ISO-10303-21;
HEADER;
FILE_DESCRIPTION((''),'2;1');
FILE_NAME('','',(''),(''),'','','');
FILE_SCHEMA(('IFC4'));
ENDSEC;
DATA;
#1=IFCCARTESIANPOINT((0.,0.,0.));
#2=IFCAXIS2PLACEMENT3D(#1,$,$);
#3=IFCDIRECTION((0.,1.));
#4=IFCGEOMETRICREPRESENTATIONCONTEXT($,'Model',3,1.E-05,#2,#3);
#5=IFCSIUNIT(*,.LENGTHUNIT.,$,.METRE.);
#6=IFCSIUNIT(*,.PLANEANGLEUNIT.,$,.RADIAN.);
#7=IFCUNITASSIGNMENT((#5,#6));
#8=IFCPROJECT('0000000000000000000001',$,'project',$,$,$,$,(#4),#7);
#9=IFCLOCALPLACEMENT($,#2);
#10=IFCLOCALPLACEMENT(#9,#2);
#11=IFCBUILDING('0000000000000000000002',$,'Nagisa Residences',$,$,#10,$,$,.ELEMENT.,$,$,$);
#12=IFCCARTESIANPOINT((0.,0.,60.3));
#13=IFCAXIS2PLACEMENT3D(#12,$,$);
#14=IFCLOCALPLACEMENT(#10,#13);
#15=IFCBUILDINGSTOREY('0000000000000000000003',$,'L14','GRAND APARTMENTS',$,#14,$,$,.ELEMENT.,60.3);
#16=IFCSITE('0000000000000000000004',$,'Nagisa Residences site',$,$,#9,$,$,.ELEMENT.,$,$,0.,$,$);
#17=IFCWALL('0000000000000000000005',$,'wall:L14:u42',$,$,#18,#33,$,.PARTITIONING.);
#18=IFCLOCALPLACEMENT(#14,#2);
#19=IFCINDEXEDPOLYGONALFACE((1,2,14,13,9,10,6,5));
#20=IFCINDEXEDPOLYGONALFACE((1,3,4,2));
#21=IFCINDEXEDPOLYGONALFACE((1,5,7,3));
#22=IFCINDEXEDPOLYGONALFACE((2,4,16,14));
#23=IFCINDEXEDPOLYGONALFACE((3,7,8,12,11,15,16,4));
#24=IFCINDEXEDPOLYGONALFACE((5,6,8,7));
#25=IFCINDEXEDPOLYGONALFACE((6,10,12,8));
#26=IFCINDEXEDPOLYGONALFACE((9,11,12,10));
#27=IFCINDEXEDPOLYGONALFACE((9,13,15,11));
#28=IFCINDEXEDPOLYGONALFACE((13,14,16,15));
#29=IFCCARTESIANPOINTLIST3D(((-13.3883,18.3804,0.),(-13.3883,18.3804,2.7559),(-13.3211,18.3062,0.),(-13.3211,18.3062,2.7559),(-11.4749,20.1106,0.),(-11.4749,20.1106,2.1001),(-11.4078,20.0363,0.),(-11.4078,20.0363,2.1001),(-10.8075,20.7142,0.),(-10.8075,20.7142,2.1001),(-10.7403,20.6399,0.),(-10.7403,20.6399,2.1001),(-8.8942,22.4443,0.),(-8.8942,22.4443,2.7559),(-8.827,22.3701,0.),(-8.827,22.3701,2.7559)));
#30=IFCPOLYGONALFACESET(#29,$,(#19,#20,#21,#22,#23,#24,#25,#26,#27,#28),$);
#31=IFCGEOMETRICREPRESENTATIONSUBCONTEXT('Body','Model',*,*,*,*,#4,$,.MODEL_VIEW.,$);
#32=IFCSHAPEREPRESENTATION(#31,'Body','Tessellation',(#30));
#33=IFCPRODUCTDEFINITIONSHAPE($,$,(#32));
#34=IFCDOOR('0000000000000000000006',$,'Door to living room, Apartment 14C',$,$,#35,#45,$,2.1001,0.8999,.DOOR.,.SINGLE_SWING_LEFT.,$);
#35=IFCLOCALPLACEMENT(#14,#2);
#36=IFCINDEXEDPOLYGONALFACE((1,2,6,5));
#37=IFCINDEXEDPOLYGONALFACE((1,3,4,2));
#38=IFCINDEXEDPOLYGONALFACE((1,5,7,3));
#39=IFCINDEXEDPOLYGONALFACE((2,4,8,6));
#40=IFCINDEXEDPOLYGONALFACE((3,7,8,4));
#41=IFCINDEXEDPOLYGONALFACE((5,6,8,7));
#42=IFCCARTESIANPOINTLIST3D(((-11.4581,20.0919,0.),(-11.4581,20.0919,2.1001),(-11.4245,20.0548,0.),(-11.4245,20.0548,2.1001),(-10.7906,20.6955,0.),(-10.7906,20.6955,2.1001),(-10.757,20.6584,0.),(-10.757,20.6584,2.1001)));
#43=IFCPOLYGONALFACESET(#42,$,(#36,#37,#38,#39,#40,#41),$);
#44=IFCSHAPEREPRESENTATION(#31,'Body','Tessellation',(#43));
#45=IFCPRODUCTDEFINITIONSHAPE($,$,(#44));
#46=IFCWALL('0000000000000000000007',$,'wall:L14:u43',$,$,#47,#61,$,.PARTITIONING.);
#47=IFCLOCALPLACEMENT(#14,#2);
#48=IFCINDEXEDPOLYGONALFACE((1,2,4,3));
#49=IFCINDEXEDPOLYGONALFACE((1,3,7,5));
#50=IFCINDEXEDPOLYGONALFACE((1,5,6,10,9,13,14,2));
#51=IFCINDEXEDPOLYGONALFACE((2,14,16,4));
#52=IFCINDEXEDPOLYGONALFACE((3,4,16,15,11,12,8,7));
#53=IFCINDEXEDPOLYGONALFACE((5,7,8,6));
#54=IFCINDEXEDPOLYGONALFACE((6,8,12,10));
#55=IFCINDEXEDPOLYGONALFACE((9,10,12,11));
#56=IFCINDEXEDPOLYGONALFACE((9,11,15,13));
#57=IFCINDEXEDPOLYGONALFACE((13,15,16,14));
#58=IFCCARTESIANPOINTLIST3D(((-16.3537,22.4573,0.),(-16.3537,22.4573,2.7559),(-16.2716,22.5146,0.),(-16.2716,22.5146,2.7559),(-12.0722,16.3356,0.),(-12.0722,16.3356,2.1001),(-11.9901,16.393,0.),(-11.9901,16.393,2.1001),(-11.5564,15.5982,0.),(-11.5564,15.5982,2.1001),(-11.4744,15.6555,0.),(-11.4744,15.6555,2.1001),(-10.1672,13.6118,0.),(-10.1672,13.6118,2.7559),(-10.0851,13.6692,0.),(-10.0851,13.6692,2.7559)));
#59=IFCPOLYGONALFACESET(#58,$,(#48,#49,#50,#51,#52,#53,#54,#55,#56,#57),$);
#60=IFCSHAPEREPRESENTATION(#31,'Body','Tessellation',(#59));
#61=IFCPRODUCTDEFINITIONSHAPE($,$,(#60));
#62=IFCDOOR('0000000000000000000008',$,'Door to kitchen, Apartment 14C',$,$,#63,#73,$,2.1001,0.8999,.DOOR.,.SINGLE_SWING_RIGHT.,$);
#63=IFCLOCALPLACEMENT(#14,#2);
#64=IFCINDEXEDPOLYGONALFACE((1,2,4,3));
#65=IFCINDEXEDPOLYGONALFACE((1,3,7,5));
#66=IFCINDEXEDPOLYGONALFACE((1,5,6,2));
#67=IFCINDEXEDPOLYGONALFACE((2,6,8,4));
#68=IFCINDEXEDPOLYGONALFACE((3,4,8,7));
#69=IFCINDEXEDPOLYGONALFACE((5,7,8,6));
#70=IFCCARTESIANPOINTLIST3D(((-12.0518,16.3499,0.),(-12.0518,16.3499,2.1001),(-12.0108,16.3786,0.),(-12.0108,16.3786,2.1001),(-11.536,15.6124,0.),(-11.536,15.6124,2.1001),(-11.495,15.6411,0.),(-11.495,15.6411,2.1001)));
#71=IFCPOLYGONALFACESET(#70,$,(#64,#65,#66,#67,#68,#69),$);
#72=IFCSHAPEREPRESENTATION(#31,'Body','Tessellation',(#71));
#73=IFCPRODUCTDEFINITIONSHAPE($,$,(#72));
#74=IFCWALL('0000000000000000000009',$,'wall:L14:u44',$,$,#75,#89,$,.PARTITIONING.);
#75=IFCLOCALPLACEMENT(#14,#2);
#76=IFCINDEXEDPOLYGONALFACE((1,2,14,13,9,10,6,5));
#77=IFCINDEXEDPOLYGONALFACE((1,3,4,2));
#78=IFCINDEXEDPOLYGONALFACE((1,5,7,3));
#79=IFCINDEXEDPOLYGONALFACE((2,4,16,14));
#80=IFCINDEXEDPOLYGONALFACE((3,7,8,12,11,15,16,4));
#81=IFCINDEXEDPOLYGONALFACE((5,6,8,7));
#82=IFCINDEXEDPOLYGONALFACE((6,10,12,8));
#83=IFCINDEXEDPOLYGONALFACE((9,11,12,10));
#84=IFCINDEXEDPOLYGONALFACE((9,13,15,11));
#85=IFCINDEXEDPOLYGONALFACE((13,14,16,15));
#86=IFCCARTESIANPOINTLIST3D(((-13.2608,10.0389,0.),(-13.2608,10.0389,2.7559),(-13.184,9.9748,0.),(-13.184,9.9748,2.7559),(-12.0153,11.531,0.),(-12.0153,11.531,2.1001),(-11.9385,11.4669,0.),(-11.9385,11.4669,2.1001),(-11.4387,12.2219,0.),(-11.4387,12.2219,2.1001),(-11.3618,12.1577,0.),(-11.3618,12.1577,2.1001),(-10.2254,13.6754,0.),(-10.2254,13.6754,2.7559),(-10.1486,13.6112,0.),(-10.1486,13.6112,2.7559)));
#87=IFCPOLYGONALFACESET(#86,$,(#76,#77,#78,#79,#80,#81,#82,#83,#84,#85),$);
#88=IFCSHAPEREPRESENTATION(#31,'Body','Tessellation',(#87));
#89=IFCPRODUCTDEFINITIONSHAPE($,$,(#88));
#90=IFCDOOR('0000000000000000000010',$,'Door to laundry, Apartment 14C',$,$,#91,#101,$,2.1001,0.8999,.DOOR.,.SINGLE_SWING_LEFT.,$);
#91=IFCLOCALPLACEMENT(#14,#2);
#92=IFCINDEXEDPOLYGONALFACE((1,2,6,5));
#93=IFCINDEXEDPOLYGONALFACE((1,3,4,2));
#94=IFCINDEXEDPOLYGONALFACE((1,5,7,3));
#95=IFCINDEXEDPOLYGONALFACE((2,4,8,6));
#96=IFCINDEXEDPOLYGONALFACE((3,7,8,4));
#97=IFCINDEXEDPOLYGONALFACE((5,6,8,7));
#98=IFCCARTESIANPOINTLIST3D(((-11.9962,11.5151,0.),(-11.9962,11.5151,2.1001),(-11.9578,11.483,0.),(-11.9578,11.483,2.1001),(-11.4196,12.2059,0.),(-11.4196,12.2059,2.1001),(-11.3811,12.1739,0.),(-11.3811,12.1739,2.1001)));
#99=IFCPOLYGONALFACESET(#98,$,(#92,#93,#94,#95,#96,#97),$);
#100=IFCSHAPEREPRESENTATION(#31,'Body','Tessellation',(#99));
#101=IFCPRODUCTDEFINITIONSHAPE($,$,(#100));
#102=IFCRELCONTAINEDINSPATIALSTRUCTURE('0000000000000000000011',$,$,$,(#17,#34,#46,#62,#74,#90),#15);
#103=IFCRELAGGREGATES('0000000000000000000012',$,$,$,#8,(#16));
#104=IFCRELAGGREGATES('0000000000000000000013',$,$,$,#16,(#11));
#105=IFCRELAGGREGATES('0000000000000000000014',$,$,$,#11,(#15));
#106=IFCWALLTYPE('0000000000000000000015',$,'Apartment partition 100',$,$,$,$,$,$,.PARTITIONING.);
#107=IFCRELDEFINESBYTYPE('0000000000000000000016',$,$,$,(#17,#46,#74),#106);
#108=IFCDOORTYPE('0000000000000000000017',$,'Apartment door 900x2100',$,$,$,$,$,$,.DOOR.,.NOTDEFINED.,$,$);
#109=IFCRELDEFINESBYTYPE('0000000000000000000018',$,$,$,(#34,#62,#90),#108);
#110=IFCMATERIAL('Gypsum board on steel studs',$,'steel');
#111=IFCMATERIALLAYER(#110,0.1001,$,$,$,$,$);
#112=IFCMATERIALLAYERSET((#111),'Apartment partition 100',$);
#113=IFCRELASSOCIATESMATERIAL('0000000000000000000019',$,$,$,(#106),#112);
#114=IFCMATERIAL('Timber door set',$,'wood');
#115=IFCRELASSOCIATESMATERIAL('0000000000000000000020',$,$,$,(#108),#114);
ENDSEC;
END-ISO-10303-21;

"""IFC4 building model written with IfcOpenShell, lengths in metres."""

from ifc_helpers import new_model, si_unit, direction, frame, frame_2d, origin, place, context, subcontext, project, spatial, rectangle, extrude, material, layer, layer_set, type_object, element, fill, save


model = new_model("IFC4")

# Units and contexts
model_context = context("Model", 3, precision=1e-05, world=origin(), true_north=direction((0.0, 1.0)))
body_context = subcontext(model_context, "Body", "Model", "MODEL_VIEW")
ifc_project = project(units=[si_unit("LENGTHUNIT", "METRE"), si_unit("PLANEANGLEUNIT", "RADIAN")], contexts=[model_context])

# Site, building, storey
site_placement = place(None, origin())
site = spatial("IfcSite", under=ifc_project, at=site_placement, Name="Nagisa Residences site", CompositionType="ELEMENT", RefElevation=0.0)
building_placement = place(site_placement, origin())
building = spatial("IfcBuilding", under=site, at=building_placement, Name="Nagisa Residences", CompositionType="ELEMENT")
storey_placement = place(building_placement, frame((0.0, 0.0, 60.3)))
storey = spatial("IfcBuildingStorey", under=building, at=storey_placement, Name="L14", Description="GRAND APARTMENTS", CompositionType="ELEMENT", Elevation=60.3)

# Shared definitions
ifc_material_1 = material(Name="Gypsum board on steel studs", Category="steel")
ifc_layer_1 = layer(ifc_material_1, 0.1001)
ifc_layer_set_1 = layer_set([ifc_layer_1], Name="Apartment partition 100")
wall_type_1 = type_object("IfcWallType", Name="Apartment partition 100", PredefinedType="PARTITIONING", material=ifc_layer_set_1)

# Shared definitions
ifc_material_2 = material(Name="Timber door set", Category="wood")
door_type_1 = type_object("IfcDoorType", Name="Apartment door 900x2100", OperationType="NOTDEFINED", PredefinedType="DOOR", material=ifc_material_2)

# Walls, openings, doors
wall_1_placement = place(storey_placement, frame((-8.8606, 22.4072, 0.0), z_axis=(0.0, 0.0, 1.0), x_axis=(-0.741713, -0.670717, 0.0)))
wall_1 = element("IfcWall", 1, at=wall_1_placement, inside=storey, type_object=wall_type_1, Name="wall:L14:u42", PredefinedType="PARTITIONING", context=body_context, shape_type="SweptSolid", body=[
    extrude(rectangle(XDim=6.0591, YDim=0.1001, at=frame_2d((3.0295, 0.0))), origin(), (0.0, 0.0, 1.0), 2.7559),
])
opening_1_placement = place(wall_1_placement, frame((2.5796, 0.0, 0.0)))
opening_1 = element("IfcOpeningElement", 2, at=opening_1_placement, cuts=wall_1, PredefinedType="OPENING", context=body_context, shape_type="SweptSolid", body=[
    extrude(rectangle(XDim=0.8999, YDim=2.1001, at=frame_2d((0.45, 1.05))), frame((0.0, 0.0601, 0.0), z_axis=(0.0, -1.0, 0.0), x_axis=(1.0, 0.0, 0.0)), (0.0, 0.0, 1.0), 0.1201),
])
door_1_placement = place(opening_1_placement, frame((0.8999, 0.0, 0.0), x_axis=(-1.0, 0.0, 0.0)))
door_1 = element("IfcDoor", 3, at=door_1_placement, inside=storey, type_object=door_type_1, Name="Door to living room, Apartment 14C", OperationType="SINGLE_SWING_LEFT", OverallHeight=2.1001, OverallWidth=0.8999, PredefinedType="DOOR", context=body_context, shape_type="SweptSolid", body=[
    extrude(rectangle(XDim=0.8999, YDim=2.1001, at=frame_2d((0.45, 1.05))), frame((0.0, 0.0249, 0.0), z_axis=(0.0, -1.0, 0.0), x_axis=(1.0, 0.0, 0.0)), (0.0, 0.0, 1.0), 0.05),
])
fill(opening_1, door_1)
wall_2_placement = place(storey_placement, frame((-10.1262, 13.6406, 0.0), z_axis=(0.0, 0.0, 1.0), x_axis=(-0.573133, 0.819462, 0.0)))
wall_2 = element("IfcWall", 4, at=wall_2_placement, inside=storey, type_object=wall_type_1, Name="wall:L14:u43", PredefinedType="PARTITIONING", context=body_context, shape_type="SweptSolid", body=[
    extrude(rectangle(XDim=10.7942, YDim=0.1001, at=frame_2d((5.397, 0.0))), origin(), (0.0, 0.0, 1.0), 2.7559),
])
opening_2_placement = place(wall_2_placement, frame((2.4238, 0.0, 0.0)))
opening_2 = element("IfcOpeningElement", 5, at=opening_2_placement, cuts=wall_2, PredefinedType="OPENING", context=body_context, shape_type="SweptSolid", body=[
    extrude(rectangle(XDim=0.8999, YDim=2.1001, at=frame_2d((0.45, 1.05))), frame((0.0, 0.0601, 0.0), z_axis=(0.0, -1.0, 0.0), x_axis=(1.0, 0.0, 0.0)), (0.0, 0.0, 1.0), 0.1201),
])
door_2_placement = place(opening_2_placement, frame((0.8999, 0.0, 0.0), x_axis=(-1.0, 0.0, 0.0)))
door_2 = element("IfcDoor", 6, at=door_2_placement, inside=storey, type_object=door_type_1, Name="Door to kitchen, Apartment 14C", OperationType="SINGLE_SWING_RIGHT", OverallHeight=2.1001, OverallWidth=0.8999, PredefinedType="DOOR", context=body_context, shape_type="SweptSolid", body=[
    extrude(rectangle(XDim=0.8999, YDim=2.1001, at=frame_2d((0.45, 1.05))), frame((0.0, 0.0249, 0.0), z_axis=(0.0, -1.0, 0.0), x_axis=(1.0, 0.0, 0.0)), (0.0, 0.0, 1.0), 0.05),
])
fill(opening_2, door_2)
wall_3_placement = place(storey_placement, frame((-10.187, 13.6433, 0.0), z_axis=(0.0, 0.0, 1.0), x_axis=(-0.640808, -0.767701, 0.0)))
wall_3 = element("IfcWall", 7, at=wall_3_placement, inside=storey, type_object=wall_type_1, Name="wall:L14:u44", PredefinedType="PARTITIONING", context=body_context, shape_type="SweptSolid", body=[
    extrude(rectangle(XDim=4.7368, YDim=0.1001, at=frame_2d((2.3684, 0.0))), origin(), (0.0, 0.0, 1.0), 2.7559),
])
opening_3_placement = place(wall_3_placement, frame((1.8933, 0.0, 0.0)))
opening_3 = element("IfcOpeningElement", 8, at=opening_3_placement, cuts=wall_3, PredefinedType="OPENING", context=body_context, shape_type="SweptSolid", body=[
    extrude(rectangle(XDim=0.8999, YDim=2.1001, at=frame_2d((0.45, 1.05))), frame((0.0, 0.0601, 0.0), z_axis=(0.0, -1.0, 0.0), x_axis=(1.0, 0.0, 0.0)), (0.0, 0.0, 1.0), 0.1201),
])
door_3_placement = place(opening_3_placement, origin())
door_3 = element("IfcDoor", 9, at=door_3_placement, inside=storey, type_object=door_type_1, Name="Door to laundry, Apartment 14C", OperationType="SINGLE_SWING_LEFT", OverallHeight=2.1001, OverallWidth=0.8999, PredefinedType="DOOR", context=body_context, shape_type="SweptSolid", body=[
    extrude(rectangle(XDim=0.8999, YDim=2.1001, at=frame_2d((0.45, 1.05))), frame((0.0, 0.0249, 0.0), z_axis=(0.0, -1.0, 0.0), x_axis=(1.0, 0.0, 0.0)), (0.0, 0.0, 1.0), 0.05),
])
fill(opening_3, door_3)

save(model, "model.ifc")
